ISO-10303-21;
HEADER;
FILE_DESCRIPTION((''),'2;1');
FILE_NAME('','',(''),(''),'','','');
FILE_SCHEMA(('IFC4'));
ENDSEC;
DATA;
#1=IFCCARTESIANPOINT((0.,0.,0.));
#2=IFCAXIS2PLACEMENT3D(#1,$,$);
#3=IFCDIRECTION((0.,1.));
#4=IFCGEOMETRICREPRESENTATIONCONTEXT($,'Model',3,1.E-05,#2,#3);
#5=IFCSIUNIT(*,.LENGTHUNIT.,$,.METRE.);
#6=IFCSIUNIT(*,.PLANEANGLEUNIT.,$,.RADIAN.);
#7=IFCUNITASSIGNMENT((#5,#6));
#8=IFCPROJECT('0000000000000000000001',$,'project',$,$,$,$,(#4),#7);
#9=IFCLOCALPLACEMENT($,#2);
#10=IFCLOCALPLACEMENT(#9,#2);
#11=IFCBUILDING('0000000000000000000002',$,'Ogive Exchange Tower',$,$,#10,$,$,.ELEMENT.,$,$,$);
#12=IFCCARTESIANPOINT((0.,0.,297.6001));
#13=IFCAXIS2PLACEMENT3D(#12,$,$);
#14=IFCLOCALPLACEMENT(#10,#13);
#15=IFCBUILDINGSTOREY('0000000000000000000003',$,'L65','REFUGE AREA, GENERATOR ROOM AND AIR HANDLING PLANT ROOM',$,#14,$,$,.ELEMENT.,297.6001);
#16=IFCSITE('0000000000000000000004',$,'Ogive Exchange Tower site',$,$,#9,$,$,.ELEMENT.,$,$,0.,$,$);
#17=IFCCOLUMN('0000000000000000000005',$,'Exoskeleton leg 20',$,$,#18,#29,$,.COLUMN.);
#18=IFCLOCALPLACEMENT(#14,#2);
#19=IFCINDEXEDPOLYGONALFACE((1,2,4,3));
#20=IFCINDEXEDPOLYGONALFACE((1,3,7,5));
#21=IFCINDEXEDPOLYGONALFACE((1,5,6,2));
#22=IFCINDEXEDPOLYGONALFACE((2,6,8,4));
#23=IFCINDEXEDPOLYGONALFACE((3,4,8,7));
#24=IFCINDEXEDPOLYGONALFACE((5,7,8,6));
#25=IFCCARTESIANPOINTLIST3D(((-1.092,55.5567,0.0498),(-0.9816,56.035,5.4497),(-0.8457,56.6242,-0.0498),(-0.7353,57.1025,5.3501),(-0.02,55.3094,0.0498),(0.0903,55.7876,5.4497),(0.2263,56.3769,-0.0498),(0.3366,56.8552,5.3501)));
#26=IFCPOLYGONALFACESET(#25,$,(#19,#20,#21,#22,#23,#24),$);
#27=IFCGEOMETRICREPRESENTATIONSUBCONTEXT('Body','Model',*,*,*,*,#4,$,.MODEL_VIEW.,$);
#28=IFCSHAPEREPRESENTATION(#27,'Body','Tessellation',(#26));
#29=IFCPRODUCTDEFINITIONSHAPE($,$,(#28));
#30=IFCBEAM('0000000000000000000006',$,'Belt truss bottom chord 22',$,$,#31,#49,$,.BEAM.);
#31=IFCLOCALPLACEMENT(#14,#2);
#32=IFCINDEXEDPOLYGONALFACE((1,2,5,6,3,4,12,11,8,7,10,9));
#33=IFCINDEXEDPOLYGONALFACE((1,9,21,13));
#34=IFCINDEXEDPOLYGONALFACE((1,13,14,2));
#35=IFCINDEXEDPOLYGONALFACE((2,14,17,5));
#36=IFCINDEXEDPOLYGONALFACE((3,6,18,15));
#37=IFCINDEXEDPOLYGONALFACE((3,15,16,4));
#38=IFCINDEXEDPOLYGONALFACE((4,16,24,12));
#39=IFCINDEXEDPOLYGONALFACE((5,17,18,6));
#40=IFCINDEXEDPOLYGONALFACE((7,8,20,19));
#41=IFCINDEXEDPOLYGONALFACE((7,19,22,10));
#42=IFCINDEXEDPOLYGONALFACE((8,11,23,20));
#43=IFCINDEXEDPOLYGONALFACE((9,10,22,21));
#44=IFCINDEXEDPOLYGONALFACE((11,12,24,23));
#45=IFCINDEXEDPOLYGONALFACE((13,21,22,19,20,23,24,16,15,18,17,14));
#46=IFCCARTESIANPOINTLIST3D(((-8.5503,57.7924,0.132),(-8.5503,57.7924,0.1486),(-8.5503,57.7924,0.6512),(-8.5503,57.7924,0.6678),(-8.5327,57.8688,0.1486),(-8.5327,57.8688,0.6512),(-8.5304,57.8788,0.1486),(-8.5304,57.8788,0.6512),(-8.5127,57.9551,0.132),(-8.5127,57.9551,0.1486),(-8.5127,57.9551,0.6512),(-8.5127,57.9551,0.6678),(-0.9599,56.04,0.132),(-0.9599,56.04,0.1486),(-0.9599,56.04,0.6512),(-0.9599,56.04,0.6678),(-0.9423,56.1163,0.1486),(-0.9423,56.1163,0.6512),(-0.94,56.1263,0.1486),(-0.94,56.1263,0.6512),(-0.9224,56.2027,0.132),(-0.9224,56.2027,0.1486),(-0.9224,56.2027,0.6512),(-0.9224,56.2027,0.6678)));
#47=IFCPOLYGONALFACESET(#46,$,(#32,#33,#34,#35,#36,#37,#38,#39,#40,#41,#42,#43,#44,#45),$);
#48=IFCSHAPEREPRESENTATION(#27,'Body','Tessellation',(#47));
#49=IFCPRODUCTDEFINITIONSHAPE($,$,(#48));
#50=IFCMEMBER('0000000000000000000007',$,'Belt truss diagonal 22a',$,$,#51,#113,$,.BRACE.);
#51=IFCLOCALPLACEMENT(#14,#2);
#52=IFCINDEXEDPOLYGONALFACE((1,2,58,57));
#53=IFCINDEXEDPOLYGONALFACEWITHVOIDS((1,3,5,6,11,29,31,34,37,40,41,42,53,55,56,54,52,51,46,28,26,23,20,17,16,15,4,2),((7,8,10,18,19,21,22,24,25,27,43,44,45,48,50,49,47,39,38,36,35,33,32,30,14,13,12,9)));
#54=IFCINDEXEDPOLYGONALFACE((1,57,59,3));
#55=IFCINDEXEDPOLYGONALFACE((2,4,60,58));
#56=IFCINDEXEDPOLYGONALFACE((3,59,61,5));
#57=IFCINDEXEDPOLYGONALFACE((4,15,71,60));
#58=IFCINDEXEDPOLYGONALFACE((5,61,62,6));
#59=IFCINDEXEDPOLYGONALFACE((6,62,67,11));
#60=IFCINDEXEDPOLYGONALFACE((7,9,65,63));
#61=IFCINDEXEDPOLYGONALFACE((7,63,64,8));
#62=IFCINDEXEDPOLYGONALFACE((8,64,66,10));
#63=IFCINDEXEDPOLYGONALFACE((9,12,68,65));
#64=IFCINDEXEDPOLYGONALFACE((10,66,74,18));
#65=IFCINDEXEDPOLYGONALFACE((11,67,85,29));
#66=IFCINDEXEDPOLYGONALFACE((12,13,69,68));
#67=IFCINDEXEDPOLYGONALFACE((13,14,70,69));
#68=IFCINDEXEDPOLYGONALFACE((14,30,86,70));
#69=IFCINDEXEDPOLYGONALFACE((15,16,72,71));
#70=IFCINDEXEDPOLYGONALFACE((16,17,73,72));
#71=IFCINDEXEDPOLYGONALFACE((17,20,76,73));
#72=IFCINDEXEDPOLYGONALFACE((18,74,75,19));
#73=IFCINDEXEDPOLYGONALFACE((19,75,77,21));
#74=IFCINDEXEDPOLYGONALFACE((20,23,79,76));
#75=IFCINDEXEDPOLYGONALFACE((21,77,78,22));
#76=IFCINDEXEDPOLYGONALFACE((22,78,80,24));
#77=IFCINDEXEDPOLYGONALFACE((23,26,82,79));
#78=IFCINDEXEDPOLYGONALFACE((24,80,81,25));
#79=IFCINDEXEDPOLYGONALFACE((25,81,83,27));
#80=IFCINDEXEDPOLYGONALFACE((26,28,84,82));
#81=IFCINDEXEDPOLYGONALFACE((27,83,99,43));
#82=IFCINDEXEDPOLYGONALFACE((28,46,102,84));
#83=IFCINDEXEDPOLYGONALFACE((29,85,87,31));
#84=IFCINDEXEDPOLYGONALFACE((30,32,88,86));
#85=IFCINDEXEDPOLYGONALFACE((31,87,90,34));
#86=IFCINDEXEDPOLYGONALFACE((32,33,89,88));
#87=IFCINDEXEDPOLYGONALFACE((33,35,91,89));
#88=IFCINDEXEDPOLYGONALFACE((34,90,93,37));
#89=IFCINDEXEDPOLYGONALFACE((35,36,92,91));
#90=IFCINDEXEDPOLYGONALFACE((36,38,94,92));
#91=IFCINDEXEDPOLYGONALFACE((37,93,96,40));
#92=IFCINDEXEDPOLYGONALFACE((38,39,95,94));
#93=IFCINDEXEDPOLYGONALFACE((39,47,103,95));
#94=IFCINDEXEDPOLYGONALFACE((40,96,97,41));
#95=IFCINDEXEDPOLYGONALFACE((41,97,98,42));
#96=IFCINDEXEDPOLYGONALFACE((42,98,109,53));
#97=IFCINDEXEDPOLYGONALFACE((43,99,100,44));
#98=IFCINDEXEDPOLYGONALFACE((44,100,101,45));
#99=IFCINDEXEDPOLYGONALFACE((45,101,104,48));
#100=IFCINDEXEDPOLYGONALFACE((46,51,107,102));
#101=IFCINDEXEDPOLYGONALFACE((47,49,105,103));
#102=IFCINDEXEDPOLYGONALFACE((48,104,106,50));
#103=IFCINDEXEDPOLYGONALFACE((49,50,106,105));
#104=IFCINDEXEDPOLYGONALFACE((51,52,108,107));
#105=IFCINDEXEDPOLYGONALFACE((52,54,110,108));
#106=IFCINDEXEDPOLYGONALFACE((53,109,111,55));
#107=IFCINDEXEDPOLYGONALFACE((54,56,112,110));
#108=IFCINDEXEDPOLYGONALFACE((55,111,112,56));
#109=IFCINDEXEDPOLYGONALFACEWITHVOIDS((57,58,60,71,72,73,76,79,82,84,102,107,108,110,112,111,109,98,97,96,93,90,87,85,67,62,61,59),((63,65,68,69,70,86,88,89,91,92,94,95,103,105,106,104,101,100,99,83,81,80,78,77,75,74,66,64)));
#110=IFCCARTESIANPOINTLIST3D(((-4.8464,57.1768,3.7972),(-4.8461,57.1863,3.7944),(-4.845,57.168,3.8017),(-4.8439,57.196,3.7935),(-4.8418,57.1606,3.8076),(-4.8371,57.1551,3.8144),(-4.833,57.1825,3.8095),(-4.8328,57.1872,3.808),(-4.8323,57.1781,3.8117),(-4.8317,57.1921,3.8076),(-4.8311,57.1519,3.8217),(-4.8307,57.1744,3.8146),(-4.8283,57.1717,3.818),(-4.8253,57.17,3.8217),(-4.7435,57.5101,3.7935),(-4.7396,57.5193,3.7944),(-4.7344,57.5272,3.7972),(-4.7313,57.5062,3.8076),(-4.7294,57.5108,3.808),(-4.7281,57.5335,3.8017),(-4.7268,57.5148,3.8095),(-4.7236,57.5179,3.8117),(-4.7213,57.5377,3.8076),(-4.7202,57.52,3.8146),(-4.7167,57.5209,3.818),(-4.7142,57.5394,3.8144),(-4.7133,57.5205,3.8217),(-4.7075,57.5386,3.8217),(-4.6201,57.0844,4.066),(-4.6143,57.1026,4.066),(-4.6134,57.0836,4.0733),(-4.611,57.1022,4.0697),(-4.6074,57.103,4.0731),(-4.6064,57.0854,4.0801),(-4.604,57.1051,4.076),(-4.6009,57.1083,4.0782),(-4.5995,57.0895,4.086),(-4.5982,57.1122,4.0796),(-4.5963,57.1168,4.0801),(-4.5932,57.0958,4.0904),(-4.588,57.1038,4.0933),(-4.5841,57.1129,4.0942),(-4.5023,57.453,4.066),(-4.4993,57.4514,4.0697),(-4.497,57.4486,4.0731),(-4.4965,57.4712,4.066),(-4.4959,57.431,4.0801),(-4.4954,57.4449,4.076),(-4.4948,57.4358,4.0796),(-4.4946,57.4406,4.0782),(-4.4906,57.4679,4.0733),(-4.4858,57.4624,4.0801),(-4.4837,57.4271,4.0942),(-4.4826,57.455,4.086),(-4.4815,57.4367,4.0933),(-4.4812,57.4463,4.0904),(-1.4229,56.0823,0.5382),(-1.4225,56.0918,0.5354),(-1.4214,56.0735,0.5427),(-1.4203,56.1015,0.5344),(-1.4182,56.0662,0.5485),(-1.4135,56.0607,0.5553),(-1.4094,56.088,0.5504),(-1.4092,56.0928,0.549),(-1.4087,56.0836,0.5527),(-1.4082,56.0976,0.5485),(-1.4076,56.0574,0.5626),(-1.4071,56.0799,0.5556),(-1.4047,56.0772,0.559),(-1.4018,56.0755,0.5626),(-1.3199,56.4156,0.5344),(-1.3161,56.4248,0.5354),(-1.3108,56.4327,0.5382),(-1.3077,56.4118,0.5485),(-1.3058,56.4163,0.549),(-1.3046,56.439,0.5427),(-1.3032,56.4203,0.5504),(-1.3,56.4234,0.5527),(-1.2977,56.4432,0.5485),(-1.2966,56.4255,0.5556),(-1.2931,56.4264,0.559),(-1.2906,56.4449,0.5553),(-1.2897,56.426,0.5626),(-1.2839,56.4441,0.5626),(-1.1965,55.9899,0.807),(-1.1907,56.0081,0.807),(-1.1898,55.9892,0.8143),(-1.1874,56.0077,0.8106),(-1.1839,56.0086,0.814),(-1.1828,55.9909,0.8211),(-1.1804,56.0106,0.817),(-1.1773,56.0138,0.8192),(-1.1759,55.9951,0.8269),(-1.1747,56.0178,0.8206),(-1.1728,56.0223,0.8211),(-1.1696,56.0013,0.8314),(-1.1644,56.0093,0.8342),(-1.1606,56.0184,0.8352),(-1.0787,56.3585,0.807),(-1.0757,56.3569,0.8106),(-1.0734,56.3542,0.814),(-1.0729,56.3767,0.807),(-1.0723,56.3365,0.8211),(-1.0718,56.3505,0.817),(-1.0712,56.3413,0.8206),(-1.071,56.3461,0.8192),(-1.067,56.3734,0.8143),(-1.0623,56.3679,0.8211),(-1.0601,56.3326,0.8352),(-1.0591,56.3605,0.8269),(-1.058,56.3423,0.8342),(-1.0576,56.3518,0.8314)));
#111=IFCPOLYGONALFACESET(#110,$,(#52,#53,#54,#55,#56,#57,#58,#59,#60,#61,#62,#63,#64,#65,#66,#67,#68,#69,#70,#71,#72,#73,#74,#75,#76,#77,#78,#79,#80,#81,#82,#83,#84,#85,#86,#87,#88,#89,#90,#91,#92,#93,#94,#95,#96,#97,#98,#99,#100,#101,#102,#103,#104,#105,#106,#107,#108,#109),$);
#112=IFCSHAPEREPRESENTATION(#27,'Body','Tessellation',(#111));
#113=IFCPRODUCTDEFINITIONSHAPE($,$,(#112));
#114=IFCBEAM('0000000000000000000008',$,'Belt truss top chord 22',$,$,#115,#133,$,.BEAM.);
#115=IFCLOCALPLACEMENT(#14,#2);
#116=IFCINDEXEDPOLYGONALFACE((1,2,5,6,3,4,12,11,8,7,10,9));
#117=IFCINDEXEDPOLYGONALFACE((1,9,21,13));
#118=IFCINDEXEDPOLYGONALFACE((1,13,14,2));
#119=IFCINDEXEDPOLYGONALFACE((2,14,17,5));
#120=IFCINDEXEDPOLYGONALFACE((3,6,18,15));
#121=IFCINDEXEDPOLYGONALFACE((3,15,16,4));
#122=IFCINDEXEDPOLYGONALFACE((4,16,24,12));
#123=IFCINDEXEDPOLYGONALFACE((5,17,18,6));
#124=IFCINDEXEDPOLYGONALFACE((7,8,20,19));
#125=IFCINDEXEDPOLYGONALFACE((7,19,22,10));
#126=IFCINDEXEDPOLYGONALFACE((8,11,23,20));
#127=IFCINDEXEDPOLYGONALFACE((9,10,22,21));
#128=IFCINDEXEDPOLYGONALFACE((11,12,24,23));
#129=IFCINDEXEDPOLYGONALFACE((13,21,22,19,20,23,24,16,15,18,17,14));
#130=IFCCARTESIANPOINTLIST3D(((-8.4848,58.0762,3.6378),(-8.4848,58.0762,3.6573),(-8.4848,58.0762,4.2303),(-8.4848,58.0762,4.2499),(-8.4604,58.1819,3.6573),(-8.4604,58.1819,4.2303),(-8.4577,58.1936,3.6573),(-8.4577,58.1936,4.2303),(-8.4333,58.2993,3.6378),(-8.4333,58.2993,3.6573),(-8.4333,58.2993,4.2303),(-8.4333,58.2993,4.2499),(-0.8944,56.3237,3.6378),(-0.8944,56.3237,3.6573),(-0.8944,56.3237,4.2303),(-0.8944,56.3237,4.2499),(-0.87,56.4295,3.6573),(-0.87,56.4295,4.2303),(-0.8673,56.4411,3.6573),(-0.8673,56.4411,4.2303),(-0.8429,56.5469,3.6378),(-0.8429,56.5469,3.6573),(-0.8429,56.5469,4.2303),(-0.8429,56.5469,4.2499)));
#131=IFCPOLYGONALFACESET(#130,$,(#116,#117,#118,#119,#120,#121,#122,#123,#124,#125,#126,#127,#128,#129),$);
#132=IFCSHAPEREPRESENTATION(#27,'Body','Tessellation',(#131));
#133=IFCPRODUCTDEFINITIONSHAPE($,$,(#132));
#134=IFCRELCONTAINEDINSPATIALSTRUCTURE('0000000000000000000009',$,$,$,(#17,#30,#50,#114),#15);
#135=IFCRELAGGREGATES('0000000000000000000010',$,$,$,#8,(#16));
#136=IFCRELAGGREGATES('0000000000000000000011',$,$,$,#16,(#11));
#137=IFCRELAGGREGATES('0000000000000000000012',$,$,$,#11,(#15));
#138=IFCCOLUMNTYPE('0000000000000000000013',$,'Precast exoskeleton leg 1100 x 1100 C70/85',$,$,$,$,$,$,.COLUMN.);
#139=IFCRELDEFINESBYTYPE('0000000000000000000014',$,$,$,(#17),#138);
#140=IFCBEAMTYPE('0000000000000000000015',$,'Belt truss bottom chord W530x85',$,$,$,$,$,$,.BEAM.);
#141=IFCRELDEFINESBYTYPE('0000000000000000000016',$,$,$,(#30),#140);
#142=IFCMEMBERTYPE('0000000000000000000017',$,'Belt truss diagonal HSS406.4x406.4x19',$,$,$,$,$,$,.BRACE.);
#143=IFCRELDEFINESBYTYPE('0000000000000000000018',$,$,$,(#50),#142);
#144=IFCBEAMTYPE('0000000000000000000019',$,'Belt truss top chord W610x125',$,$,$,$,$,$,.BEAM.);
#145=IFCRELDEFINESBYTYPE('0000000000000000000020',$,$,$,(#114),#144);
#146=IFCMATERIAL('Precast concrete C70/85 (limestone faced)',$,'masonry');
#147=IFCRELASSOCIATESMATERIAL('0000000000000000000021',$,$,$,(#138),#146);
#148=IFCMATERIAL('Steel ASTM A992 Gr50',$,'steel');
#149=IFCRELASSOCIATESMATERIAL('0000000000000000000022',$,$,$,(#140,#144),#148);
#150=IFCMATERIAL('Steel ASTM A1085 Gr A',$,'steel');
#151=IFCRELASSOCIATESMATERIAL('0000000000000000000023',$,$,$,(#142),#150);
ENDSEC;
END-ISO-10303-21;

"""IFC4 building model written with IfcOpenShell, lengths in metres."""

from ifc_helpers import new_model, si_unit, direction, frame, origin, origin_2d, place, context, subcontext, project, spatial, rectangle, hollow_rectangle, i_section, extrude, material, material_profile, profile_set, type_object, element, save


model = new_model("IFC4")

# Units and contexts
model_context = context("Model", 3, precision=1e-05, world=origin(), true_north=direction((0.0, 1.0)))
body_context = subcontext(model_context, "Body", "Model", "MODEL_VIEW")
ifc_project = project(units=[si_unit("LENGTHUNIT", "METRE"), si_unit("PLANEANGLEUNIT", "RADIAN")], contexts=[model_context])

# Site, building, storey
site_placement = place(None, origin())
site = spatial("IfcSite", under=ifc_project, at=site_placement, Name="Ogive Exchange Tower site", CompositionType="ELEMENT", RefElevation=0.0)
building_placement = place(site_placement, origin())
building = spatial("IfcBuilding", under=site, at=building_placement, Name="Ogive Exchange Tower", CompositionType="ELEMENT")
storey_placement = place(building_placement, frame((0.0, 0.0, 297.6001)))
storey = spatial("IfcBuildingStorey", under=building, at=storey_placement, Name="L65", Description="REFUGE AREA, GENERATOR ROOM AND AIR HANDLING PLANT ROOM", CompositionType="ELEMENT", Elevation=297.6001)

# Column
ifc_material_1 = material(Name="Precast concrete C70/85 (limestone faced)", Category="masonry")
ifc_material_profile_1 = material_profile(ifc_material_1, rectangle(XDim=1.1001, YDim=1.1001, at=origin_2d()), Name="1100 x 1100")
ifc_profile_set_1 = profile_set([ifc_material_profile_1], Name="Precast concrete C70/85 (limestone faced)")
column_type = type_object("IfcColumnType", Name="Precast exoskeleton leg 1100 x 1100 C70/85", PredefinedType="COLUMN", material=ifc_profile_set_1)
column_placement = place(storey_placement, frame((-0.4329, 55.9668, 0.0), z_axis=(0.020352, 0.088207, 0.995894), x_axis=(-0.9744, 0.224823, 0.0)))
element("IfcColumn", 1, at=column_placement, inside=storey, type_object=column_type, Name="Exoskeleton leg 20", PredefinedType="COLUMN", context=body_context, shape_type="SweptSolid", body=[
    extrude(rectangle(XDim=1.1001, YDim=1.1001, at=origin_2d()), origin(), (0.0, 0.0, 1.0), 5.4221),
])

# Beam
ifc_material_2 = material(Name="Steel ASTM A992 Gr50", Category="steel")
ifc_material_profile_2 = material_profile(ifc_material_2, i_section(OverallWidth=0.167, OverallDepth=0.5359, WebThickness=0.0103, FlangeThickness=0.0166, at=origin_2d()), Name="W530x85")
ifc_profile_set_2 = profile_set([ifc_material_profile_2], Name="Steel ASTM A992 Gr50")
beam_type_1 = type_object("IfcBeamType", Name="Belt truss bottom chord W530x85", PredefinedType="BEAM", material=ifc_profile_set_2)
beam_1_placement = place(storey_placement, frame((-0.9412, 56.1213, 0.3999), z_axis=(-0.974368, 0.22496, 0.0), x_axis=(-0.22496, -0.974368, 0.0)))
element("IfcBeam", 2, at=beam_1_placement, inside=storey, type_object=beam_type_1, Name="Belt truss bottom chord 22", PredefinedType="BEAM", context=body_context, shape_type="SweptSolid", body=[
    extrude(i_section(OverallWidth=0.167, OverallDepth=0.5359, WebThickness=0.0103, FlangeThickness=0.0166, at=origin_2d()), origin(), (0.0, 0.0, 1.0), 7.79),
])

# Member
ifc_material_3 = material(Name="Steel ASTM A1085 Gr A", Category="steel")
ifc_material_profile_3 = material_profile(ifc_material_3, hollow_rectangle(XDim=0.406, YDim=0.406, WallThickness=0.019, InnerFilletRadius=0.019, OuterFilletRadius=0.0381, at=origin_2d()), Name="HSS406.4x406.4x19")
ifc_profile_set_3 = profile_set([ifc_material_profile_3], Name="Steel ASTM A1085 Gr A")
member_type_1 = type_object("IfcMemberType", Name="Belt truss diagonal HSS406.4x406.4x19", PredefinedType="BRACE", material=ifc_profile_set_3)
member_1_placement = place(storey_placement, frame((-1.2402, 56.217, 0.6848), z_axis=(-0.705629, 0.225582, 0.671714), x_axis=(-0.304507, -0.95251, 0.0)))
element("IfcMember", 3, at=member_1_placement, inside=storey, type_object=member_type_1, Name="Belt truss diagonal 22a", PredefinedType="BRACE", context=body_context, shape_type="SweptSolid", body=[
    extrude(hollow_rectangle(XDim=0.406, YDim=0.406, WallThickness=0.019, InnerFilletRadius=0.019, OuterFilletRadius=0.0381, at=origin_2d()), origin(), (0.0, 0.0, 1.0), 4.8518),
])

# Beam
ifc_material_profile_4 = material_profile(ifc_material_2, i_section(OverallWidth=0.229, OverallDepth=0.6121, WebThickness=0.012, FlangeThickness=0.0195, at=origin_2d()), Name="W610x125")
ifc_profile_set_4 = profile_set([ifc_material_profile_4], Name="Steel ASTM A992 Gr50")
beam_type_2 = type_object("IfcBeamType", Name="Belt truss top chord W610x125", PredefinedType="BEAM", material=ifc_profile_set_4)
beam_2_placement = place(storey_placement, frame((-0.8687, 56.4353, 3.9438), z_axis=(-0.974368, 0.22496, 0.0), x_axis=(-0.22496, -0.974368, 0.0)))
element("IfcBeam", 4, at=beam_2_placement, inside=storey, type_object=beam_type_2, Name="Belt truss top chord 22", PredefinedType="BEAM", context=body_context, shape_type="SweptSolid", body=[
    extrude(i_section(OverallWidth=0.229, OverallDepth=0.6121, WebThickness=0.012, FlangeThickness=0.0195, at=origin_2d()), origin(), (0.0, 0.0, 1.0), 7.79),
])

save(model, "model.ifc")
